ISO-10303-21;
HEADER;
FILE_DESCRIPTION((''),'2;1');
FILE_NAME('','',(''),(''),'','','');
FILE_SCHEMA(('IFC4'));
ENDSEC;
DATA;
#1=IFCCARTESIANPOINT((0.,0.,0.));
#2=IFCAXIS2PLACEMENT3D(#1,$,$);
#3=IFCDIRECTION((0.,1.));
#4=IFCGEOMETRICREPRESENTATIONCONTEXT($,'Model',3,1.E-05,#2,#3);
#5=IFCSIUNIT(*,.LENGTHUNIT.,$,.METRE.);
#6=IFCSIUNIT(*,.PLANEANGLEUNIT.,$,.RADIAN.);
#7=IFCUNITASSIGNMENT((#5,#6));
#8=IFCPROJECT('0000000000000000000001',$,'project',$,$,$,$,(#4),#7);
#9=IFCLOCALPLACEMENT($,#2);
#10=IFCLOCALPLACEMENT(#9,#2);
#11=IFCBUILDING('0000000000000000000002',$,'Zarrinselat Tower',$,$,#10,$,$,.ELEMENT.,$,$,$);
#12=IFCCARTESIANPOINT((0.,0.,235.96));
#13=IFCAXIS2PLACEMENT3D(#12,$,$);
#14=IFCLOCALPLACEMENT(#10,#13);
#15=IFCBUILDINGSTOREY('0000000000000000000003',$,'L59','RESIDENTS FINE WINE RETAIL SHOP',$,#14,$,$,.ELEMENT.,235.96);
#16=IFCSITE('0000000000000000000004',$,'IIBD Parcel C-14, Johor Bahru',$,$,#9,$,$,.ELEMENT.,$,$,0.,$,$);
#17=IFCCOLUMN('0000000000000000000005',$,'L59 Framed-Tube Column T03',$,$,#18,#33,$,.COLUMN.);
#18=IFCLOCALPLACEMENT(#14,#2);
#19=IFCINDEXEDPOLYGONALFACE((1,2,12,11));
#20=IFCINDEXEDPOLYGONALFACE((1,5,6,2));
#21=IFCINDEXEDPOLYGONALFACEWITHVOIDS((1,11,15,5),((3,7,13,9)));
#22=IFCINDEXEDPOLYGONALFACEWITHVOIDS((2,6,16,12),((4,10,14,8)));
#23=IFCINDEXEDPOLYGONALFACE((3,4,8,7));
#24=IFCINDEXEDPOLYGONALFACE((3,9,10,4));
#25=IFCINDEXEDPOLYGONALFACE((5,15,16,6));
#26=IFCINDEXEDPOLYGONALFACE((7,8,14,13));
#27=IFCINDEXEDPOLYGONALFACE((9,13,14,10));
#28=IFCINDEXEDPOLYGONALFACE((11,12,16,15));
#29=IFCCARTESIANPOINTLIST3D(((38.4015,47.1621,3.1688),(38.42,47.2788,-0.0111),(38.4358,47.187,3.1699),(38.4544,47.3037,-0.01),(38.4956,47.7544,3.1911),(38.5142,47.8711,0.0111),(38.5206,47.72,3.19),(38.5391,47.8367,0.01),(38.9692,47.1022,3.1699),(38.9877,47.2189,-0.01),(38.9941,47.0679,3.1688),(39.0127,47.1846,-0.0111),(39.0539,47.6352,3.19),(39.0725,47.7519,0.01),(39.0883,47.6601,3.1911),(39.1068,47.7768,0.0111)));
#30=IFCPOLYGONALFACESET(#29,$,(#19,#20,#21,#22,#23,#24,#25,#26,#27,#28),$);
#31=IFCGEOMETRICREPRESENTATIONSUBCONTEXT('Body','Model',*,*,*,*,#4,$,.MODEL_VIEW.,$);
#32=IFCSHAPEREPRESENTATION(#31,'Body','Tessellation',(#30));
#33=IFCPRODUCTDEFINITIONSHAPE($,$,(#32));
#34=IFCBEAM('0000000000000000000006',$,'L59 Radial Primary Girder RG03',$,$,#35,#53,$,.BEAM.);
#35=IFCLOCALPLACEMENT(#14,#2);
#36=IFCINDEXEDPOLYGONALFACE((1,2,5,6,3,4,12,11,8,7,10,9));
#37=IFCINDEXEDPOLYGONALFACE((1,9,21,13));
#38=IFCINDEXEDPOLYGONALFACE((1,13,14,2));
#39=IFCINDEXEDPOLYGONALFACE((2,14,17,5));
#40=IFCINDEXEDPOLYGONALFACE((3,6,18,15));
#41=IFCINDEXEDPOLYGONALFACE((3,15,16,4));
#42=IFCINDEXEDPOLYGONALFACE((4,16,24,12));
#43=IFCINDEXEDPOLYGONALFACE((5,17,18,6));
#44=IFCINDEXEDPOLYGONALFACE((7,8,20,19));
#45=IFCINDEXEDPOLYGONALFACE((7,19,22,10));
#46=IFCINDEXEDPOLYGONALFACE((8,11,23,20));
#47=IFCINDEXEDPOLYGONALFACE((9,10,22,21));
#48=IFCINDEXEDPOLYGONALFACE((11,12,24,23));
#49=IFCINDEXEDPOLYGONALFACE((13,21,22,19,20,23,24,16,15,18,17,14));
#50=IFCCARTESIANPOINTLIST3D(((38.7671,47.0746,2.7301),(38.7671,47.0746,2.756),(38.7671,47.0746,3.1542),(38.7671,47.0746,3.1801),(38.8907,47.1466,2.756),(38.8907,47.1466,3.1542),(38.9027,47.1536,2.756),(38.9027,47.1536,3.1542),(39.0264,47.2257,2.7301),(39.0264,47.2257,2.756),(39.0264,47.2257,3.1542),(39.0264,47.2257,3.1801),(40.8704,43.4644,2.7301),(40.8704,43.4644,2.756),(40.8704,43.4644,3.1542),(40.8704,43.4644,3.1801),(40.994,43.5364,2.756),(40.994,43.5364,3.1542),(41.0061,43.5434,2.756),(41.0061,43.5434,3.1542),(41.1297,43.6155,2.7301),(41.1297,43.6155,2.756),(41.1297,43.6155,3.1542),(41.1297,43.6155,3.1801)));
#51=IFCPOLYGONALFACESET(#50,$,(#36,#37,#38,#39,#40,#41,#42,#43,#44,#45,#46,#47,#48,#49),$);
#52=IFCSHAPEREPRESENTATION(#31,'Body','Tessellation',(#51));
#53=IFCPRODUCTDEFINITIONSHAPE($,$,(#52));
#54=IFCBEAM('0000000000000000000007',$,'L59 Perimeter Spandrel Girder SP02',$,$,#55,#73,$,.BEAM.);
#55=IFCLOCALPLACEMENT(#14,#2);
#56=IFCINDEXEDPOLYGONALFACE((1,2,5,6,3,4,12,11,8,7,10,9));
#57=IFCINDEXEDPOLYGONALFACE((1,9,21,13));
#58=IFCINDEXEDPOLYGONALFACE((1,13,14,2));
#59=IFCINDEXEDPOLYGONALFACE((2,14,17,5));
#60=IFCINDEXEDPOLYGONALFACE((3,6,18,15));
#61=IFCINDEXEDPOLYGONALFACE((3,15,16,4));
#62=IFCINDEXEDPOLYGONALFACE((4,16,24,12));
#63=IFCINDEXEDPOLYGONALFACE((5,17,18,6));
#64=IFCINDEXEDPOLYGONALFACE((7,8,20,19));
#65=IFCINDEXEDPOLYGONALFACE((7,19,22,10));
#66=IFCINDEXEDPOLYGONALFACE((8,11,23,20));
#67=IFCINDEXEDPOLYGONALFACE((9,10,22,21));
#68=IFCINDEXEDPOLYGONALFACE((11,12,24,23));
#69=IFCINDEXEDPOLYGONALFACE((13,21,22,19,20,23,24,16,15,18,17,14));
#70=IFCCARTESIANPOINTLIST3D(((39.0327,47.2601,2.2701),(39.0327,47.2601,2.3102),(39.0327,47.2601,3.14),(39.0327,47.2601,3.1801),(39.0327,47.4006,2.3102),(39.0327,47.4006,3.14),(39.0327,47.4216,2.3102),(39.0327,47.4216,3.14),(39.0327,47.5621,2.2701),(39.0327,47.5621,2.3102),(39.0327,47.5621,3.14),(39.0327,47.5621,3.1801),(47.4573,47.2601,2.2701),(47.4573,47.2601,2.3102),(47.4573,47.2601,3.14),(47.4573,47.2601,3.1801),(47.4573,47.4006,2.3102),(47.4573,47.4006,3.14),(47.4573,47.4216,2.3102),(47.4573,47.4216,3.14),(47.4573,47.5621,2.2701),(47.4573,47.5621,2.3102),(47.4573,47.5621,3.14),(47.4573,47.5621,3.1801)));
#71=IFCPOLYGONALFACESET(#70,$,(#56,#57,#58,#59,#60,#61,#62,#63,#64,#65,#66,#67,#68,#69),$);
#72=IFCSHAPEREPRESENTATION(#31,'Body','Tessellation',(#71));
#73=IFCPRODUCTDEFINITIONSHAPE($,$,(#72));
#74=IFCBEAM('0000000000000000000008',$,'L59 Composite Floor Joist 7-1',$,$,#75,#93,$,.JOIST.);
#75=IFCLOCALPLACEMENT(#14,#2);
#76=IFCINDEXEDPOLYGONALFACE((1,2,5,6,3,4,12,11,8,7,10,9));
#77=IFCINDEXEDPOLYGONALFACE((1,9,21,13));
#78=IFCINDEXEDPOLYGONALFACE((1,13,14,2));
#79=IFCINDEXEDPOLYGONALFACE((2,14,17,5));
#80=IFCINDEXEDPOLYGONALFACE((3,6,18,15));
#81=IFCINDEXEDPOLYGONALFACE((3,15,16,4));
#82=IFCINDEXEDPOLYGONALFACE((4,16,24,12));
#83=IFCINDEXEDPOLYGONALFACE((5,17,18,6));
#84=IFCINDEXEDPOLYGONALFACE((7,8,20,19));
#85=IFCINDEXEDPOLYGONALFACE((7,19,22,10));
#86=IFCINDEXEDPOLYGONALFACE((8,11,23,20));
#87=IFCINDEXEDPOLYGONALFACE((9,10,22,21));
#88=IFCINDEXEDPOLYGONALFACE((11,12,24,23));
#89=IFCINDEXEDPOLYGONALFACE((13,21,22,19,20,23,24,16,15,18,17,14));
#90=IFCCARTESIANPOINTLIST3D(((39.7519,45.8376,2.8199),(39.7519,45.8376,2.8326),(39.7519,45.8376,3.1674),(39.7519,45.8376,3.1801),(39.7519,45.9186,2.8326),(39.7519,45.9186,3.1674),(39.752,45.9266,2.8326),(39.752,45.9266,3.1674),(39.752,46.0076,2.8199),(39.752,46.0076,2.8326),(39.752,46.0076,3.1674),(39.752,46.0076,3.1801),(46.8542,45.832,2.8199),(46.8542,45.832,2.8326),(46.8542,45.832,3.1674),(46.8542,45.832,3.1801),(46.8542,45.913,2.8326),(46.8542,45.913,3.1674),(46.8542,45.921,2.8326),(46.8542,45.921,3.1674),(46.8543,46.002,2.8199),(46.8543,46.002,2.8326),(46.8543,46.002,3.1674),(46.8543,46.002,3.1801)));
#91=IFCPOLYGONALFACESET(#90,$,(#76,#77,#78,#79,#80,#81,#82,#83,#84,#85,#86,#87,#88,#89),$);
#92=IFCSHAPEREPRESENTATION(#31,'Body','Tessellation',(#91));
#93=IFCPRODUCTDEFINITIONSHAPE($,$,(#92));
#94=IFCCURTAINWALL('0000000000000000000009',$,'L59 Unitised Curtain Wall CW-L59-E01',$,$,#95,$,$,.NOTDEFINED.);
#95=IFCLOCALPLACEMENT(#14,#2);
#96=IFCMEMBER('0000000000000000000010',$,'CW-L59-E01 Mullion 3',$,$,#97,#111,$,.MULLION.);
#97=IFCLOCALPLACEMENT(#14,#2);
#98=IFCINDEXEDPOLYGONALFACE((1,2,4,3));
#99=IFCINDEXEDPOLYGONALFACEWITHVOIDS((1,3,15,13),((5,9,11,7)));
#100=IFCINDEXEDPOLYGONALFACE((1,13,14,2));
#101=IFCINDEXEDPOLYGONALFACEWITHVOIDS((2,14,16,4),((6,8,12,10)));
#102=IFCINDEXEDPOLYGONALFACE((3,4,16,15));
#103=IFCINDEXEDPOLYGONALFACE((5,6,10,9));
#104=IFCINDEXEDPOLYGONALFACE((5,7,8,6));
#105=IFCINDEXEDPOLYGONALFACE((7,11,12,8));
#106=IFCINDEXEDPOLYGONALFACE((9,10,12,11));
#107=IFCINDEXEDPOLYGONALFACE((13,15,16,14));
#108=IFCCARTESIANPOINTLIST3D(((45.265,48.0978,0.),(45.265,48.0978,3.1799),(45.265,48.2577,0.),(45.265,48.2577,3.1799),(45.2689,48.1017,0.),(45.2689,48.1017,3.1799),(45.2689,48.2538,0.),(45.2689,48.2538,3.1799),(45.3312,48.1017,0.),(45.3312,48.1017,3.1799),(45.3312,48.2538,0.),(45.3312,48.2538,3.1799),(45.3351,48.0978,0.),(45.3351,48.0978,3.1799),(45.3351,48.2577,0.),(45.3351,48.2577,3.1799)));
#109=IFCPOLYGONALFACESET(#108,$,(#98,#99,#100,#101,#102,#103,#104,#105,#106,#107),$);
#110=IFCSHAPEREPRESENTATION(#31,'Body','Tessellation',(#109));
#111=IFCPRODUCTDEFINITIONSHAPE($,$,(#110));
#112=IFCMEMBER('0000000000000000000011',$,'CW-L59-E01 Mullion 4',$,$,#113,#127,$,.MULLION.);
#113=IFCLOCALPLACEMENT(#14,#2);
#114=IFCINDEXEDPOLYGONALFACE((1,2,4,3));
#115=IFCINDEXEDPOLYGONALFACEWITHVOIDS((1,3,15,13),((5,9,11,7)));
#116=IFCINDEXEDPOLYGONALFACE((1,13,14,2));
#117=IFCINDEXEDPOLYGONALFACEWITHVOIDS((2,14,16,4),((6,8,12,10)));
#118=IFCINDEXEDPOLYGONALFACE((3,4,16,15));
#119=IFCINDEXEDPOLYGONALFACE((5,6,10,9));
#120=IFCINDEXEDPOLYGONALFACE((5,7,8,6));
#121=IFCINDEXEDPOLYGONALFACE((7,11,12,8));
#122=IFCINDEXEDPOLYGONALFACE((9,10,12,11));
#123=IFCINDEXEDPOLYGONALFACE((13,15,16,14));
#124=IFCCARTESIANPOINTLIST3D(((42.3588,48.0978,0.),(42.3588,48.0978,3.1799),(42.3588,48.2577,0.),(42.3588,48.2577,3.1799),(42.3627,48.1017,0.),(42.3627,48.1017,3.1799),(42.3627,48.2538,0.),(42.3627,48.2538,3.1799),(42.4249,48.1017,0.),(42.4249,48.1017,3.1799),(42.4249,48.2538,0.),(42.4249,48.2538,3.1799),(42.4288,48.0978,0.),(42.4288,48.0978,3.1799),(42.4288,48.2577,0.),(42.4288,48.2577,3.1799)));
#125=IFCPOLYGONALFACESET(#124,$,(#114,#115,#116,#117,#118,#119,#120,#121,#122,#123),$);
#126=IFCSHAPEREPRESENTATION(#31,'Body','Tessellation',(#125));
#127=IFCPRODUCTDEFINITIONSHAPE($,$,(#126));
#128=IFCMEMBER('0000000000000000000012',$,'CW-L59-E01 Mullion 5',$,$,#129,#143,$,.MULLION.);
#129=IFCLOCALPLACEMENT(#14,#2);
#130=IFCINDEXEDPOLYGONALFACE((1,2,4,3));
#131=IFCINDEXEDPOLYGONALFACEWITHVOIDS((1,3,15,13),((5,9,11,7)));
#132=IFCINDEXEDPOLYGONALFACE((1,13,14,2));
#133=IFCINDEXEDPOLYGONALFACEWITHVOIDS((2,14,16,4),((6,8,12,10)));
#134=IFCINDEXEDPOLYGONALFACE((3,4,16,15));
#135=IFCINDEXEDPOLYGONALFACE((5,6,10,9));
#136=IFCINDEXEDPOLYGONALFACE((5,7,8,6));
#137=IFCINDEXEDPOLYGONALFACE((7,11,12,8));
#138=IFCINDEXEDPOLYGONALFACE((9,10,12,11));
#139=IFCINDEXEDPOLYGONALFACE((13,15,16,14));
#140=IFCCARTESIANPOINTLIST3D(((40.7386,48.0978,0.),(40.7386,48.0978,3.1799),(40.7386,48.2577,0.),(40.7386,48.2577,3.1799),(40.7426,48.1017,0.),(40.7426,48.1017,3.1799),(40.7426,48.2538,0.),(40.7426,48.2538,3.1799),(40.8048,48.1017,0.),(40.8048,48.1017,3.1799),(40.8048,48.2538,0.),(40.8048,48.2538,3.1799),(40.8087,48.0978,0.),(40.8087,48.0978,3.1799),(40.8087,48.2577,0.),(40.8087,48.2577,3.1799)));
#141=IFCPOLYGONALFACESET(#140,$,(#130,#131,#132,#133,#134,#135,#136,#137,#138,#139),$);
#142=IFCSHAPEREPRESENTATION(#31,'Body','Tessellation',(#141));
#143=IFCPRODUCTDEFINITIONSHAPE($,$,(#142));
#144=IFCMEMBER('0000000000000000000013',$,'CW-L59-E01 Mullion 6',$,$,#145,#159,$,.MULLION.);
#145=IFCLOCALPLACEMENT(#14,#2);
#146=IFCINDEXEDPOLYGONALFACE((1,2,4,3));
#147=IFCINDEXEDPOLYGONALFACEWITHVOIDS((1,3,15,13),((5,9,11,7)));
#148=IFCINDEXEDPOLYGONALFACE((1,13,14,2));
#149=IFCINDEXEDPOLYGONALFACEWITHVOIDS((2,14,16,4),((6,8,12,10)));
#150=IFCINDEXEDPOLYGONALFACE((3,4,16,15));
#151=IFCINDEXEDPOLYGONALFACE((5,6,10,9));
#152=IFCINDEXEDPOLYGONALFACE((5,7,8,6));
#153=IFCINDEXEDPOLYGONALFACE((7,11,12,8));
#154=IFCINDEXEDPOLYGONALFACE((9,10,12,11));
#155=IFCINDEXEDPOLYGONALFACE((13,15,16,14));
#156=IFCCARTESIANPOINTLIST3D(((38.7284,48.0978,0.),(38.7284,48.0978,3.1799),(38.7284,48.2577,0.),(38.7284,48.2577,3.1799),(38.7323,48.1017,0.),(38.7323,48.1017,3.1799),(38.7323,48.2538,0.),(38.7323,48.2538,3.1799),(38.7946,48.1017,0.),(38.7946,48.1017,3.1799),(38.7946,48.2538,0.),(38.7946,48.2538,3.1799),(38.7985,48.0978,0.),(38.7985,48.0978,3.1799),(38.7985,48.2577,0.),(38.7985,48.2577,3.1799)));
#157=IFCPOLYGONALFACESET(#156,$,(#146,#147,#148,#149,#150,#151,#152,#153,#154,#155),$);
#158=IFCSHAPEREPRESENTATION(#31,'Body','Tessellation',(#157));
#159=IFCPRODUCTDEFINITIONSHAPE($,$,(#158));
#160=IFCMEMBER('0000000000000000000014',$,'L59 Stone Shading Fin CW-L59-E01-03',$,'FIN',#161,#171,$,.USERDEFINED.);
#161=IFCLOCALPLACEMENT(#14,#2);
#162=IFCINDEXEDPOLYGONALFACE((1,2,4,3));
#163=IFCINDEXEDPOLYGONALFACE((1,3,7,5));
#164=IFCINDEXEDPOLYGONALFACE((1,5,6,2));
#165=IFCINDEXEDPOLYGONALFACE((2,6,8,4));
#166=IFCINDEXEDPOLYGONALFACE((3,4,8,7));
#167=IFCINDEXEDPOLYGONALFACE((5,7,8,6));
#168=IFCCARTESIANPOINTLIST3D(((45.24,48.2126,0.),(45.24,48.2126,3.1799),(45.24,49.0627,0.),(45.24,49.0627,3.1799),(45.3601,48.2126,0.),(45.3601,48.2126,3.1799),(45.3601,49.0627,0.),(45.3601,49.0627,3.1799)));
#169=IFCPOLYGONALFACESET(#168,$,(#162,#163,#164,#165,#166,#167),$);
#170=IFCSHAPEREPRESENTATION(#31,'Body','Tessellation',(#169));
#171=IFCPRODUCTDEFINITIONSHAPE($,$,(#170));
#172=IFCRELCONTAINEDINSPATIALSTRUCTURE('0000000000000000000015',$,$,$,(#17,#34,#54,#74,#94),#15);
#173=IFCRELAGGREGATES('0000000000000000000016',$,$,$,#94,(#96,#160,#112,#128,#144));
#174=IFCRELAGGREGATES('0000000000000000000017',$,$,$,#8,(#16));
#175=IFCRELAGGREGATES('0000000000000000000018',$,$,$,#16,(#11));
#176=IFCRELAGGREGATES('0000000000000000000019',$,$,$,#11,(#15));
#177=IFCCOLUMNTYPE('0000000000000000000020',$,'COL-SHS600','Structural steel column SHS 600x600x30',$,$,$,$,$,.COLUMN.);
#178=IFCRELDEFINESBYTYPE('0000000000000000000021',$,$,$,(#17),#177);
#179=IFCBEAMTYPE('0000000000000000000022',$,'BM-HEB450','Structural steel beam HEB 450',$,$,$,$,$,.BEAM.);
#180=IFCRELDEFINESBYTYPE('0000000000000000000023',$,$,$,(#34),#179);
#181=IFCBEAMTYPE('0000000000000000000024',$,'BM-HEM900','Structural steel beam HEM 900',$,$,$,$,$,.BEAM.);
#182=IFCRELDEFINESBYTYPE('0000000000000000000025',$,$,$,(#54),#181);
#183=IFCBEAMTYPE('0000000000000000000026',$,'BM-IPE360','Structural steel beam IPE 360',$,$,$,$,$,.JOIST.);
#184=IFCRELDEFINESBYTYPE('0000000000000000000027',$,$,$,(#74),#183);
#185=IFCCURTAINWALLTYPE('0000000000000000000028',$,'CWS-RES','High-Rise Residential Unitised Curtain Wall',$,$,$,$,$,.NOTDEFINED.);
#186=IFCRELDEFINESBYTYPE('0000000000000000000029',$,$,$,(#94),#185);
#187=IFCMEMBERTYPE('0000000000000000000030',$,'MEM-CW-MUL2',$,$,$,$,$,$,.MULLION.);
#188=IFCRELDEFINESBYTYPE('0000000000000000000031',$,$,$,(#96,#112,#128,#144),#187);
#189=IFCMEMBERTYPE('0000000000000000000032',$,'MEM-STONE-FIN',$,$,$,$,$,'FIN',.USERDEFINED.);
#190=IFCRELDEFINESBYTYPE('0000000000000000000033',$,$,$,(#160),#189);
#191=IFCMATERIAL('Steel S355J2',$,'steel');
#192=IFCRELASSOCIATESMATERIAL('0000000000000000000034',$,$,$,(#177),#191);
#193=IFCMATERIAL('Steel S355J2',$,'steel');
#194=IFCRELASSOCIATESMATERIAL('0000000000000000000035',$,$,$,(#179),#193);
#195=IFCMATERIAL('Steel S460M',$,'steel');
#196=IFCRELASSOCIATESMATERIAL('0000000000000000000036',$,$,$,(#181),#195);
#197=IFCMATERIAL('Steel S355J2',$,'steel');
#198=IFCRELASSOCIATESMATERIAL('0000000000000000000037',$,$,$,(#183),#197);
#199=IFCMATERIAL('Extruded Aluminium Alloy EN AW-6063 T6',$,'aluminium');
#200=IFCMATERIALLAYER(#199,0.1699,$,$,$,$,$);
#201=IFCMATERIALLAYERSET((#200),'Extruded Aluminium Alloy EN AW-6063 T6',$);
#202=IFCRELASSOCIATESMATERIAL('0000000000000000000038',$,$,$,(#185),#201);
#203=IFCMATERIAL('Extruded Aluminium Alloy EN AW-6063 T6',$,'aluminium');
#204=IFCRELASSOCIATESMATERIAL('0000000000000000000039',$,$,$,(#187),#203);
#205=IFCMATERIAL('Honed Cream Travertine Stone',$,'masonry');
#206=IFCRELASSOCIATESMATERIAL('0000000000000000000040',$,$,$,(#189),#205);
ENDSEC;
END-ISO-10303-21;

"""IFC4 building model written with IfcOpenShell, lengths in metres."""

from ifc_helpers import new_model, si_unit, direction, frame, origin, origin_2d, place, context, subcontext, project, spatial, rectangle, hollow_rectangle, i_section, extrude, material, layer, layer_set, material_profile, profile_set, type_object, element, aggregate, save


model = new_model("IFC4")

# Units and contexts
model_context = context("Model", 3, precision=1e-05, world=origin(), true_north=direction((0.0, 1.0)))
body_context = subcontext(model_context, "Body", "Model", "MODEL_VIEW")
ifc_project = project(units=[si_unit("LENGTHUNIT", "METRE"), si_unit("PLANEANGLEUNIT", "RADIAN")], contexts=[model_context])

# Site, building, storey
site_placement = place(None, origin())
site = spatial("IfcSite", under=ifc_project, at=site_placement, Name="IIBD Parcel C-14, Johor Bahru", CompositionType="ELEMENT", RefElevation=0.0)
building_placement = place(site_placement, origin())
building = spatial("IfcBuilding", under=site, at=building_placement, Name="Zarrinselat Tower", CompositionType="ELEMENT")
storey_placement = place(building_placement, frame((0.0, 0.0, 235.96)))
storey = spatial("IfcBuildingStorey", under=building, at=storey_placement, Name="L59", Description="RESIDENTS FINE WINE RETAIL SHOP", CompositionType="ELEMENT", Elevation=235.96)

# Column
ifc_material_1 = material(Name="Steel S355J2", Category="steel")
ifc_material_profile_1 = material_profile(ifc_material_1, hollow_rectangle(XDim=0.6001, YDim=0.6001, WallThickness=0.03, at=origin_2d()), Name="SHS 600x600x30")
ifc_profile_set_1 = profile_set([ifc_material_profile_1], Name="Steel S355J2")
column_type = type_object("IfcColumnType", Name="COL-SHS600", Description="Structural steel column SHS 600x600x30", PredefinedType="COLUMN", material=ifc_profile_set_1)
column_placement = place(storey_placement, frame((38.7634, 47.5278, 0.0), z_axis=(-0.005831, -0.036673, 0.99931), x_axis=(0.987595, -0.157023, 0.0)))
element("IfcColumn", 1, at=column_placement, inside=storey, type_object=column_type, Name="L59 Framed-Tube Column T03", PredefinedType="COLUMN", context=body_context, shape_type="SweptSolid", body=[
    extrude(hollow_rectangle(XDim=0.6001, YDim=0.6001, WallThickness=0.03, at=origin_2d()), origin(), (0.0, 0.0, 1.0), 3.1821),
])

# Beams
ifc_material_2 = material(Name="Steel S355J2", Category="steel")
ifc_material_profile_2 = material_profile(ifc_material_2, i_section(OverallWidth=0.3, OverallDepth=0.45, WebThickness=0.0139, FlangeThickness=0.0259, at=origin_2d()), Name="HEB 450")
ifc_profile_set_2 = profile_set([ifc_material_profile_2], Name="Steel S355J2")
beam_type_1 = type_object("IfcBeamType", Name="BM-HEB450", Description="Structural steel beam HEB 450", PredefinedType="BEAM", material=ifc_profile_set_2)
beam_1_placement = place(storey_placement, frame((38.8967, 47.1501, 2.9551), z_axis=(0.503402, -0.864052, 0.0), x_axis=(0.864052, 0.503402, 0.0)))
element("IfcBeam", 2, at=beam_1_placement, inside=storey, type_object=beam_type_1, Name="L59 Radial Primary Girder RG03", PredefinedType="BEAM", context=body_context, shape_type="SweptSolid", body=[
    extrude(i_section(OverallWidth=0.3, OverallDepth=0.45, WebThickness=0.0139, FlangeThickness=0.0259, at=origin_2d()), origin(), (0.0, 0.0, 1.0), 4.1782),
])
ifc_material_3 = material(Name="Steel S460M", Category="steel")
ifc_material_profile_3 = material_profile(ifc_material_3, i_section(OverallWidth=0.302, OverallDepth=0.9099, WebThickness=0.021, FlangeThickness=0.04, at=origin_2d()), Name="HEM 900")
ifc_profile_set_3 = profile_set([ifc_material_profile_3], Name="Steel S460M")
beam_type_2 = type_object("IfcBeamType", Name="BM-HEM900", Description="Structural steel beam HEM 900", PredefinedType="BEAM", material=ifc_profile_set_3)
beam_2_placement = place(storey_placement, frame((39.0327, 47.4111, 2.7251), z_axis=(1.0, 0.0, 0.0), x_axis=(0.0, 1.0, 0.0)))
element("IfcBeam", 3, at=beam_2_placement, inside=storey, type_object=beam_type_2, Name="L59 Perimeter Spandrel Girder SP02", PredefinedType="BEAM", context=body_context, shape_type="SweptSolid", body=[
    extrude(i_section(OverallWidth=0.302, OverallDepth=0.9099, WebThickness=0.021, FlangeThickness=0.04, at=origin_2d()), origin(), (0.0, 0.0, 1.0), 8.4246),
])
ifc_material_4 = material(Name="Steel S355J2", Category="steel")
ifc_material_profile_4 = material_profile(ifc_material_4, i_section(OverallWidth=0.1699, OverallDepth=0.3601, WebThickness=0.0081, FlangeThickness=0.0127, at=origin_2d()), Name="IPE 360")
ifc_profile_set_4 = profile_set([ifc_material_profile_4], Name="Steel S355J2")
beam_type_3 = type_object("IfcBeamType", Name="BM-IPE360", Description="Structural steel beam IPE 360", PredefinedType="JOIST", material=ifc_profile_set_4)
beam_3_placement = place(storey_placement, frame((39.752, 45.9226, 3.0), z_axis=(1.0, -0.000791, 0.0), x_axis=(0.000791, 1.0, 0.0)))
element("IfcBeam", 4, at=beam_3_placement, inside=storey, type_object=beam_type_3, Name="L59 Composite Floor Joist 7-1", PredefinedType="JOIST", context=body_context, shape_type="SweptSolid", body=[
    extrude(i_section(OverallWidth=0.1699, OverallDepth=0.3601, WebThickness=0.0081, FlangeThickness=0.0127, at=origin_2d()), origin(), (0.0, 0.0, 1.0), 7.1023),
])

# Curtain wall, members
ifc_material_5 = material(Name="Extruded Aluminium Alloy EN AW-6063 T6", Category="aluminium")
ifc_layer_1 = layer(ifc_material_5, 0.1699)
ifc_layer_set_1 = layer_set([ifc_layer_1], Name="Extruded Aluminium Alloy EN AW-6063 T6")
curtain_wall_type = type_object("IfcCurtainWallType", Name="CWS-RES", Description="High-Rise Residential Unitised Curtain Wall", PredefinedType="NOTDEFINED", material=ifc_layer_set_1)
curtain_wall_placement = place(storey_placement, origin())
curtain_wall = element("IfcCurtainWall", 5, at=curtain_wall_placement, inside=storey, type_object=curtain_wall_type, Name="L59 Unitised Curtain Wall CW-L59-E01", PredefinedType="NOTDEFINED")
ifc_material_6 = material(Name="Extruded Aluminium Alloy EN AW-6063 T6", Category="aluminium")
ifc_material_profile_5 = material_profile(ifc_material_6, hollow_rectangle(XDim=0.0701, YDim=0.1599, WallThickness=0.0039, at=origin_2d()), Name="RHS 160x70x4")
ifc_profile_set_5 = profile_set([ifc_material_profile_5], Name="Extruded Aluminium Alloy EN AW-6063 T6")
member_type_1 = type_object("IfcMemberType", Name="MEM-CW-MUL2", PredefinedType="MULLION", material=ifc_profile_set_5)
member_1_placement = place(storey_placement, frame((45.3, 48.1777, 0.0), z_axis=(0.0, 0.0, 1.0), x_axis=(-1.0, 0.0, 0.0)))
member_1 = element("IfcMember", 6, at=member_1_placement, type_object=member_type_1, Name="CW-L59-E01 Mullion 3", PredefinedType="MULLION", context=body_context, shape_type="SweptSolid", body=[
    extrude(hollow_rectangle(XDim=0.0701, YDim=0.1599, WallThickness=0.0039, at=origin_2d()), origin(), (0.0, 0.0, 1.0), 3.1799),
])
member_2_placement = place(storey_placement, frame((42.3938, 48.1777, 0.0), z_axis=(0.0, 0.0, 1.0), x_axis=(-1.0, 0.0, 0.0)))
member_2 = element("IfcMember", 7, at=member_2_placement, type_object=member_type_1, Name="CW-L59-E01 Mullion 4", PredefinedType="MULLION", context=body_context, shape_type="SweptSolid", body=[
    extrude(hollow_rectangle(XDim=0.0701, YDim=0.1599, WallThickness=0.0039, at=origin_2d()), origin(), (0.0, 0.0, 1.0), 3.1799),
])
member_3_placement = place(storey_placement, frame((40.7737, 48.1777, 0.0), z_axis=(0.0, 0.0, 1.0), x_axis=(-1.0, 0.0, 0.0)))
member_3 = element("IfcMember", 8, at=member_3_placement, type_object=member_type_1, Name="CW-L59-E01 Mullion 5", PredefinedType="MULLION", context=body_context, shape_type="SweptSolid", body=[
    extrude(hollow_rectangle(XDim=0.0701, YDim=0.1599, WallThickness=0.0039, at=origin_2d()), origin(), (0.0, 0.0, 1.0), 3.1799),
])
member_4_placement = place(storey_placement, frame((38.7634, 48.1777, 0.0), z_axis=(0.0, 0.0, 1.0), x_axis=(-1.0, 0.0, 0.0)))
member_4 = element("IfcMember", 9, at=member_4_placement, type_object=member_type_1, Name="CW-L59-E01 Mullion 6", PredefinedType="MULLION", context=body_context, shape_type="SweptSolid", body=[
    extrude(hollow_rectangle(XDim=0.0701, YDim=0.1599, WallThickness=0.0039, at=origin_2d()), origin(), (0.0, 0.0, 1.0), 3.1799),
])
ifc_material_7 = material(Name="Honed Cream Travertine Stone", Category="masonry")
ifc_material_profile_6 = material_profile(ifc_material_7, rectangle(XDim=0.1201, YDim=0.8501, at=origin_2d()), Name="FIN 850x120")
ifc_profile_set_6 = profile_set([ifc_material_profile_6], Name="Honed Cream Travertine Stone")
member_type_2 = type_object("IfcMemberType", Name="MEM-STONE-FIN", ElementType="FIN", PredefinedType="USERDEFINED", material=ifc_profile_set_6)
member_5_placement = place(storey_placement, frame((45.3, 48.6377, 0.0), z_axis=(0.0, 0.0, 1.0), x_axis=(1.0, 0.0, 0.0)))
member_5 = element("IfcMember", 10, at=member_5_placement, type_object=member_type_2, Name="L59 Stone Shading Fin CW-L59-E01-03", ObjectType="FIN", PredefinedType="USERDEFINED", context=body_context, shape_type="SweptSolid", body=[
    extrude(rectangle(XDim=0.1201, YDim=0.8501, at=origin_2d()), origin(), (0.0, 0.0, 1.0), 3.1799),
])
aggregate(curtain_wall, [member_1, member_5, member_2, member_3, member_4])

save(model, "model.ifc")
